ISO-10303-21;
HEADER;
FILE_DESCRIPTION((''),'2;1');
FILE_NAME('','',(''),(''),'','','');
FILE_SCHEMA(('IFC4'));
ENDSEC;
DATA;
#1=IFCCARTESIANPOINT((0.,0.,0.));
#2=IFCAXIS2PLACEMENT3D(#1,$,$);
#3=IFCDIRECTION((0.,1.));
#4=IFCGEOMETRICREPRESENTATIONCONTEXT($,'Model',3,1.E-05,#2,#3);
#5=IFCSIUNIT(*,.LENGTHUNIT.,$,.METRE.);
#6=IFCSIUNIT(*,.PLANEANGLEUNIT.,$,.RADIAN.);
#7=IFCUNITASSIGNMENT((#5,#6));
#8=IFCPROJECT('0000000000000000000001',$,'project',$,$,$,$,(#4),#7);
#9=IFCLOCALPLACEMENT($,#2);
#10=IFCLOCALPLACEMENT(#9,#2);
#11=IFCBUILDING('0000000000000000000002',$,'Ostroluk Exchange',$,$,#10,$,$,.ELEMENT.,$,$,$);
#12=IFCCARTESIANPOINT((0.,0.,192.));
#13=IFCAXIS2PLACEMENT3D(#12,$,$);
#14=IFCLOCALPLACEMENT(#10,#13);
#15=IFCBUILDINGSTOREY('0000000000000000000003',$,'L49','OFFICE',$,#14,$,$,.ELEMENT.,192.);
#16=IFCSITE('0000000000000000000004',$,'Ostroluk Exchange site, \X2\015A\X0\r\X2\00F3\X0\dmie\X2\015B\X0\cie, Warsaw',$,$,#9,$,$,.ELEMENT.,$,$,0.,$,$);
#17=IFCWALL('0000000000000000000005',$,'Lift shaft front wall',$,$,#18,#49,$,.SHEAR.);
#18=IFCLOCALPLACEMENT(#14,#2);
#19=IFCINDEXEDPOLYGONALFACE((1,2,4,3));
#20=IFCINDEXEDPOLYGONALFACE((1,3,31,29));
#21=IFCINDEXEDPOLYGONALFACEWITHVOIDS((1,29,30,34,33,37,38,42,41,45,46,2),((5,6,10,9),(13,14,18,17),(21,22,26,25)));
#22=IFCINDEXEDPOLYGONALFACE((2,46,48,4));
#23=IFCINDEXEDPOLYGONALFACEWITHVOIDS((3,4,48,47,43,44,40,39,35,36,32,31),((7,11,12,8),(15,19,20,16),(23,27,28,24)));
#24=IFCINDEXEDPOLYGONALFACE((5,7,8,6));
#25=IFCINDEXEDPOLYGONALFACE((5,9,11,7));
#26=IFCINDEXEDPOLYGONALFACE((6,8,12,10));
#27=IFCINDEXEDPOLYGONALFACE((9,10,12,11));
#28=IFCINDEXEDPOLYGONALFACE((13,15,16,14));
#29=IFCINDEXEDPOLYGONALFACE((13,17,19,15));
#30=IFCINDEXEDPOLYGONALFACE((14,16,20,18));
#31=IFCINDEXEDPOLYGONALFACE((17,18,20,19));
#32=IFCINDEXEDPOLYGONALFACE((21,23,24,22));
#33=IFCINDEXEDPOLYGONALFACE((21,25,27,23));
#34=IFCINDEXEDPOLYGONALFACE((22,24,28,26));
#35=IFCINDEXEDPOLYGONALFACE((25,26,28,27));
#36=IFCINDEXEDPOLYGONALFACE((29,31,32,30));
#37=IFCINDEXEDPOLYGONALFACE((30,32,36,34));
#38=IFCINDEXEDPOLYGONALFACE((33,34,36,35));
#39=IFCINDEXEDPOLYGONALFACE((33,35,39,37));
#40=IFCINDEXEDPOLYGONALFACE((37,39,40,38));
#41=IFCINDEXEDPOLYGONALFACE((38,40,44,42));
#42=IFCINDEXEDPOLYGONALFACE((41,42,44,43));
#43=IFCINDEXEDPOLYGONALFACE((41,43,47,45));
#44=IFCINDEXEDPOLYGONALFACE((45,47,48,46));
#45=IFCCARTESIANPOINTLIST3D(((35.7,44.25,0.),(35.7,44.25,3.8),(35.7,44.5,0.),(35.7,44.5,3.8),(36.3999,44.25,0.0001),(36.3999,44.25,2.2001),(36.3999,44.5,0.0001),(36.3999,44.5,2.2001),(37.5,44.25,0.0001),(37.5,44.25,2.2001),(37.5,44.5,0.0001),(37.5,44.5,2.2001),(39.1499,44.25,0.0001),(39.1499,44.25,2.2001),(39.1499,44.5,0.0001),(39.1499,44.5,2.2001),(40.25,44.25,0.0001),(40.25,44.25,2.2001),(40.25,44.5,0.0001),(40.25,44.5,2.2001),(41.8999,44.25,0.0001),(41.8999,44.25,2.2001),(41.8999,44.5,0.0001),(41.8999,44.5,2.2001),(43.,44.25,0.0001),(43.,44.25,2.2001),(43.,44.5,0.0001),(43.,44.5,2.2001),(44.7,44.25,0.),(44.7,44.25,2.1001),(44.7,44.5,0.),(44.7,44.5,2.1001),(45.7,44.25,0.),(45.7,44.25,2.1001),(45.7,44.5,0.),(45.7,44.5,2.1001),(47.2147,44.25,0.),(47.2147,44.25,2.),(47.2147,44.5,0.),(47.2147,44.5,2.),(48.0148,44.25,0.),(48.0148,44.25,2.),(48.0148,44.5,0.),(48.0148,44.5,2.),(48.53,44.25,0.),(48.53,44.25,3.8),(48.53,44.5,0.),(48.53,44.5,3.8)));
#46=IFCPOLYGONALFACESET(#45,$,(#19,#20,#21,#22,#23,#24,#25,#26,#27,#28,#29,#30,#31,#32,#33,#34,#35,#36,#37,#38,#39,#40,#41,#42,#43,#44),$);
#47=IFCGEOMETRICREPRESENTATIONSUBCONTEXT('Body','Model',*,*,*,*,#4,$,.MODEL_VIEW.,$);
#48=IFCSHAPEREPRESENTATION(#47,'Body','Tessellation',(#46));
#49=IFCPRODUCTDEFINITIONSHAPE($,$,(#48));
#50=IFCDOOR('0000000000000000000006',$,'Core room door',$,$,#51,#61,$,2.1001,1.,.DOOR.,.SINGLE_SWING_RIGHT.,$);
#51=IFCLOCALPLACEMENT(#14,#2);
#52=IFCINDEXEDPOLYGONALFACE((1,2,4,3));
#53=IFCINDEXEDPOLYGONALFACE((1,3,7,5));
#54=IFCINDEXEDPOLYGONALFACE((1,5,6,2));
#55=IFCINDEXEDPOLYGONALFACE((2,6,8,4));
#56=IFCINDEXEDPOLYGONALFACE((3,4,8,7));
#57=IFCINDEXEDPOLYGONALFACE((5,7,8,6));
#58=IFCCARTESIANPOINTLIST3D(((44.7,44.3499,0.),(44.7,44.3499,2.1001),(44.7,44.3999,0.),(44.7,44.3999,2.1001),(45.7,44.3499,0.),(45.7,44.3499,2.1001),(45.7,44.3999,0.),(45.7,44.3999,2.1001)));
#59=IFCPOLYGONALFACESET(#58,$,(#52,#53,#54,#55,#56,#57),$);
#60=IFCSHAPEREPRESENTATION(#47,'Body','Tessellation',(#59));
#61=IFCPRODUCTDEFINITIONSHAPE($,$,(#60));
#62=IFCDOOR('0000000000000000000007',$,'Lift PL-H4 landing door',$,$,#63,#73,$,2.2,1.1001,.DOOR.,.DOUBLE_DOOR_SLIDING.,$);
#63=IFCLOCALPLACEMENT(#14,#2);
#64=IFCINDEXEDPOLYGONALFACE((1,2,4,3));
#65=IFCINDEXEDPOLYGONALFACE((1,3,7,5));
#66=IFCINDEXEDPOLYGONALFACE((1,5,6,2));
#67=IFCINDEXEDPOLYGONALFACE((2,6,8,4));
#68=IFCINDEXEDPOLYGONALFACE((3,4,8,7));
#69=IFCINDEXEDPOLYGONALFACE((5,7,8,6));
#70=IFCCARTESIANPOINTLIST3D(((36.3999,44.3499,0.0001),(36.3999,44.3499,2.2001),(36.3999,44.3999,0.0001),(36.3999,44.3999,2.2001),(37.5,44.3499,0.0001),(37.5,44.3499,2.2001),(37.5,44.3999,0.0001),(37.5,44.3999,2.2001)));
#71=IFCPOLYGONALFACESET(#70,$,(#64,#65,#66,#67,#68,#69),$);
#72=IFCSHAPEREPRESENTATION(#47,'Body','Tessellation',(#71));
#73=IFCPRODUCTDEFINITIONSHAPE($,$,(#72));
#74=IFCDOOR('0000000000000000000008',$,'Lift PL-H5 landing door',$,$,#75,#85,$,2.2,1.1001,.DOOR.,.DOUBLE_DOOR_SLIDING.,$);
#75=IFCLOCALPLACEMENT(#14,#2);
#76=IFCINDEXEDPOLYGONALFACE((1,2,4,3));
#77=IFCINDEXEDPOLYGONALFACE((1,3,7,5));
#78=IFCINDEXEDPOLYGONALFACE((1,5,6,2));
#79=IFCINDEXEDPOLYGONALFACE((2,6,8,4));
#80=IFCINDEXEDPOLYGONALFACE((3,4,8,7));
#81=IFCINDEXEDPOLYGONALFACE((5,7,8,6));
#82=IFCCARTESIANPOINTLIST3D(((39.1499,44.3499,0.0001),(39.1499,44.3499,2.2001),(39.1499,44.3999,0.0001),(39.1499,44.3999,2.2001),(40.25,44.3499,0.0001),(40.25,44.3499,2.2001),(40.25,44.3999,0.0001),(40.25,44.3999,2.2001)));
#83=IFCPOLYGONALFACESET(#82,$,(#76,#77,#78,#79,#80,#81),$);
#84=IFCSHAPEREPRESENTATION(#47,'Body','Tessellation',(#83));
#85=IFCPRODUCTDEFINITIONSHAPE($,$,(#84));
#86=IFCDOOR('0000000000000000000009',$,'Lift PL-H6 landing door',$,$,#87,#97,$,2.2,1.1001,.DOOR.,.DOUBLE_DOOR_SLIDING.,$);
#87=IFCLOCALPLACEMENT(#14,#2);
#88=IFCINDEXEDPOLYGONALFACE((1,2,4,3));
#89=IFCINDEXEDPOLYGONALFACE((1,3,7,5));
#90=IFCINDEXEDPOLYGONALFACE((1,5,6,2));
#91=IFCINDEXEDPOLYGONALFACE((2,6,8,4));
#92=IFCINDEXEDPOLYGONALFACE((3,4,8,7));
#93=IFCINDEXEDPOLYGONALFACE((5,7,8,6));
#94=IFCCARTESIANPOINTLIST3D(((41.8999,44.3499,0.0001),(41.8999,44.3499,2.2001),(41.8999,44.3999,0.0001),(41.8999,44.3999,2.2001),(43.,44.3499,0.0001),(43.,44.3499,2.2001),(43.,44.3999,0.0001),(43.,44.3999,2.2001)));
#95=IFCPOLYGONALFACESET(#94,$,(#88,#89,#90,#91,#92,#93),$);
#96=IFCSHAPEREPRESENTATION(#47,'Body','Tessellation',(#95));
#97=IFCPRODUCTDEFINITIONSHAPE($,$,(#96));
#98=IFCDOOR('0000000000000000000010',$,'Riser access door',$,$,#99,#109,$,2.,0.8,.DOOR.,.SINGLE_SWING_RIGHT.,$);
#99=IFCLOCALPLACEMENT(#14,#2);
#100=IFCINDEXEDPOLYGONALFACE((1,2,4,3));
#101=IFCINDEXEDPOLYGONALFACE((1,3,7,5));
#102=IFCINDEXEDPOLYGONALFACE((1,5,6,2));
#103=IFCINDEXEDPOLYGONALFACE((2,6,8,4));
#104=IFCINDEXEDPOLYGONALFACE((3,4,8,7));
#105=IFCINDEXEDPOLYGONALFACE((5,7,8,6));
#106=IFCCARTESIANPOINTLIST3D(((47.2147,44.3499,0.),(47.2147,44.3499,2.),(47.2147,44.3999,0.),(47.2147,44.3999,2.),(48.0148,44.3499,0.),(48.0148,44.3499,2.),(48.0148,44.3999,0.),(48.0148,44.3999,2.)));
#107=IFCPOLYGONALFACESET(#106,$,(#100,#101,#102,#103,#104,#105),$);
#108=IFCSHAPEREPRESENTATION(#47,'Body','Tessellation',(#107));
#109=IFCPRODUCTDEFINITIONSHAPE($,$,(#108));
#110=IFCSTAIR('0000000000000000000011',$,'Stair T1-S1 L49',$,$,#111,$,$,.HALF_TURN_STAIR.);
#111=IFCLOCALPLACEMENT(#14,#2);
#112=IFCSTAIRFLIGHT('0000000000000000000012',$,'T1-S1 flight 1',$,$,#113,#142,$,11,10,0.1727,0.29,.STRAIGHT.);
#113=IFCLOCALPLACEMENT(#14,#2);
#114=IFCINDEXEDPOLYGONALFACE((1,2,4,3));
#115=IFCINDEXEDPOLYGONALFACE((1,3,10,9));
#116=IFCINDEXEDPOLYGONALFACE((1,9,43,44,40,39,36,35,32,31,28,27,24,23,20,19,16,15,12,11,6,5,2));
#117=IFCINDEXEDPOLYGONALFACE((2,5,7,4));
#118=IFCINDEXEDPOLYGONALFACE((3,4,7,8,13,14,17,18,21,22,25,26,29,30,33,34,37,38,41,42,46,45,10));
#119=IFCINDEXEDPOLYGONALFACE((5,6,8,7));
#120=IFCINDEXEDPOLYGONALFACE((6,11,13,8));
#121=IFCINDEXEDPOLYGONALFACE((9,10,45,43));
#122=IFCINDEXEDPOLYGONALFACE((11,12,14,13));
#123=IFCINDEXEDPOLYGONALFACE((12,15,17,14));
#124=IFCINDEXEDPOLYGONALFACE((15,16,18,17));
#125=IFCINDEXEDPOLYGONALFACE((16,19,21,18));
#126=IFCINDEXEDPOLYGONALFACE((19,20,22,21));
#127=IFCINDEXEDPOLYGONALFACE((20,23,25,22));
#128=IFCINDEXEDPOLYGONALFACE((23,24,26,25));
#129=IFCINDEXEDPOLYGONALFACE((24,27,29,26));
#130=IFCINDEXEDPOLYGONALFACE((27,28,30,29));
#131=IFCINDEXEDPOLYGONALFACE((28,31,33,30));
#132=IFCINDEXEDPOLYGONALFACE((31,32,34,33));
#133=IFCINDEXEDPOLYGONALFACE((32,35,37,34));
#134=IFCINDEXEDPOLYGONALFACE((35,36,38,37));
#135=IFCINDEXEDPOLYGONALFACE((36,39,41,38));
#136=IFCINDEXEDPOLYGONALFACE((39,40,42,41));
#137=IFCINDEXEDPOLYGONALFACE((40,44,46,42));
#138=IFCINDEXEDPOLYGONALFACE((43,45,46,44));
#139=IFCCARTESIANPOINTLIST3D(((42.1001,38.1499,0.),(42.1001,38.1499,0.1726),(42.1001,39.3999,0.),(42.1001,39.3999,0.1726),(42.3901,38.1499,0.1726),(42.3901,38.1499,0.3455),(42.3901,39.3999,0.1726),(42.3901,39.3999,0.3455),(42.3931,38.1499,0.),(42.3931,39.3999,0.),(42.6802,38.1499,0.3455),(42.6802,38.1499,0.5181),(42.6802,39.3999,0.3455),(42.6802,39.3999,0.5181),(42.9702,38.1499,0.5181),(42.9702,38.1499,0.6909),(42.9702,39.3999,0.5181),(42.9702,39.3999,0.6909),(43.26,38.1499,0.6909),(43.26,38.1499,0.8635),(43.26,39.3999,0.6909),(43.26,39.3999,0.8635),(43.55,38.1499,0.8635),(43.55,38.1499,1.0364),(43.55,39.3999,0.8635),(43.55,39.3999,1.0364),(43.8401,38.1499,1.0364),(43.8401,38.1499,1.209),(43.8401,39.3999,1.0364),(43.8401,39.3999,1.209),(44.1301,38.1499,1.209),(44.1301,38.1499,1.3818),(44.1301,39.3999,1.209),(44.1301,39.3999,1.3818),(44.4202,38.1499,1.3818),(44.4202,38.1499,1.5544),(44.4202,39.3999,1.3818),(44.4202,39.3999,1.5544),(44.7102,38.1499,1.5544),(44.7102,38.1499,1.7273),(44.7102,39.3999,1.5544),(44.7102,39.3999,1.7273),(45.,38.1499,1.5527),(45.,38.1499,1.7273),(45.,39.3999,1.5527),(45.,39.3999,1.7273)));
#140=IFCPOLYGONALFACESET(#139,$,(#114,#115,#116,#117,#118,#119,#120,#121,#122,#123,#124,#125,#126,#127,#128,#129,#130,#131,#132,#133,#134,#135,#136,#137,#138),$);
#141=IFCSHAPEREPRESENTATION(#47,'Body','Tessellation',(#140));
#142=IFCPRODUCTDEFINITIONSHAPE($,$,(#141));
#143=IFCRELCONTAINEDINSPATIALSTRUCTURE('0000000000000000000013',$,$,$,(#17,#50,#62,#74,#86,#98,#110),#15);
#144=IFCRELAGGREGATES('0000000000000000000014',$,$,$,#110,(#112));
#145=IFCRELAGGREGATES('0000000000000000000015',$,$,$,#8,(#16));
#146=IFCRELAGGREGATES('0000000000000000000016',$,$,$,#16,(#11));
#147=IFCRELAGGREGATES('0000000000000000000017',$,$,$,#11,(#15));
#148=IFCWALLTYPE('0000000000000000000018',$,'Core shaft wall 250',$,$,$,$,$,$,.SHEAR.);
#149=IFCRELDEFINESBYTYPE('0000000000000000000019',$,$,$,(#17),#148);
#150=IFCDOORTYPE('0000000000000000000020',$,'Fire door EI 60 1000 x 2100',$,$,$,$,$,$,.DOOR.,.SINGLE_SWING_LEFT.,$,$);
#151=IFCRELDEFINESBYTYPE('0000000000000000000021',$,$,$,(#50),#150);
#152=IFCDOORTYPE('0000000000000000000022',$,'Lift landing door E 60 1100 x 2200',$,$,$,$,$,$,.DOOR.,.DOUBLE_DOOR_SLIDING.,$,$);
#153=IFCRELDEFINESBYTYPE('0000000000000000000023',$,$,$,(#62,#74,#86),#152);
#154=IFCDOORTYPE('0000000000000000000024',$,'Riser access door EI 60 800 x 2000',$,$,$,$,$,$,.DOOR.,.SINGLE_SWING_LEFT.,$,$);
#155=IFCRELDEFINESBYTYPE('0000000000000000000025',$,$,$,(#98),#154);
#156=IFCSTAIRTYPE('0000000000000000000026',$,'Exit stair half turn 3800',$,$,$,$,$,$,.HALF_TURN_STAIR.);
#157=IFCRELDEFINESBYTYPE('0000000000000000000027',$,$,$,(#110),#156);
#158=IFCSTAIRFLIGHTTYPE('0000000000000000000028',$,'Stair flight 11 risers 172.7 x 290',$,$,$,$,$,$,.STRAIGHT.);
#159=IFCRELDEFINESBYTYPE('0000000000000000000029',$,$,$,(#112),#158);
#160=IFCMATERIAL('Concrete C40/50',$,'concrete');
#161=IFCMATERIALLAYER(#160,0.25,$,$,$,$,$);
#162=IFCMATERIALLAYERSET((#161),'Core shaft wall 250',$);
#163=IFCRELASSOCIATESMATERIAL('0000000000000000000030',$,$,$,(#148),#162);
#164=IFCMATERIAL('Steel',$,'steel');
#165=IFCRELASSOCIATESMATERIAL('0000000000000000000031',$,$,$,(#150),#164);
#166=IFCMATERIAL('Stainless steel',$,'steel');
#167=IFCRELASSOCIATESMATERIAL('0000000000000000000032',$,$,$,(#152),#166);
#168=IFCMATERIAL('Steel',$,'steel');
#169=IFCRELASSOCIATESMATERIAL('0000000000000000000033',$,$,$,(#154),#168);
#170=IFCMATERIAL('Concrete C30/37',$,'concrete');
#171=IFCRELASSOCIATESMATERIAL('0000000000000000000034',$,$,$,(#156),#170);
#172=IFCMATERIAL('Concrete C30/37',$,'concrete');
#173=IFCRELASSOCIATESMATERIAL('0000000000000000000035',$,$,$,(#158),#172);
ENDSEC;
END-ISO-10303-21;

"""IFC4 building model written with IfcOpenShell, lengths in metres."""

from ifc_helpers import new_model, si_unit, direction, frame, frame_2d, origin, place, context, subcontext, project, spatial, polyline, rectangle, outline, extrude, material, layer, layer_set, type_object, element, fill, aggregate, save


model = new_model("IFC4")

# Units and contexts
model_context = context("Model", 3, precision=1e-05, world=origin(), true_north=direction((0.0, 1.0)))
body_context = subcontext(model_context, "Body", "Model", "MODEL_VIEW")
ifc_project = project(units=[si_unit("LENGTHUNIT", "METRE"), si_unit("PLANEANGLEUNIT", "RADIAN")], contexts=[model_context])

# Site, building, storey
site_placement = place(None, origin())
site = spatial("IfcSite", under=ifc_project, at=site_placement, Name="Ostroluk Exchange site, Śródmieście, Warsaw", CompositionType="ELEMENT", RefElevation=0.0)
building_placement = place(site_placement, origin())
building = spatial("IfcBuilding", under=site, at=building_placement, Name="Ostroluk Exchange", CompositionType="ELEMENT")
storey_placement = place(building_placement, frame((0.0, 0.0, 192.0)))
storey = spatial("IfcBuildingStorey", under=building, at=storey_placement, Name="L49", Description="OFFICE", CompositionType="ELEMENT", Elevation=192.0)

# Shared definitions
ifc_material_1 = material(Name="Concrete C40/50", Category="concrete")
ifc_layer_1 = layer(ifc_material_1, 0.25)
ifc_layer_set_1 = layer_set([ifc_layer_1], Name="Core shaft wall 250")
wall_type_1 = type_object("IfcWallType", Name="Core shaft wall 250", PredefinedType="SHEAR", material=ifc_layer_set_1)

# Wall, openings, doors
wall_1_placement = place(storey_placement, frame((35.7, 44.375, 0.0), z_axis=(0.0, 0.0, 1.0), x_axis=(1.0, 0.0, 0.0)))
wall_1 = element("IfcWall", 1, at=wall_1_placement, inside=storey, type_object=wall_type_1, Name="Lift shaft front wall", PredefinedType="SHEAR", context=body_context, shape_type="SweptSolid", body=[
    extrude(rectangle(XDim=12.8301, YDim=0.25, at=frame_2d((6.415, 0.0))), origin(), (0.0, 0.0, 1.0), 3.8),
])
opening_1_placement = place(wall_1_placement, frame((0.7, 0.0, 0.0)))
opening_1 = element("IfcOpeningElement", 2, at=opening_1_placement, cuts=wall_1, PredefinedType="OPENING", context=body_context, shape_type="SweptSolid", body=[
    extrude(rectangle(XDim=1.1001, YDim=2.2, at=frame_2d((0.55, 1.1001))), frame((0.0, 0.135, 0.0), z_axis=(0.0, -1.0, 0.0), x_axis=(1.0, 0.0, 0.0)), (0.0, 0.0, 1.0), 0.27),
])
opening_2_placement = place(wall_1_placement, frame((3.45, 0.0, 0.0)))
opening_2 = element("IfcOpeningElement", 3, at=opening_2_placement, cuts=wall_1, PredefinedType="OPENING", context=body_context, shape_type="SweptSolid", body=[
    extrude(rectangle(XDim=1.1001, YDim=2.2, at=frame_2d((0.55, 1.1001))), frame((0.0, 0.135, 0.0), z_axis=(0.0, -1.0, 0.0), x_axis=(1.0, 0.0, 0.0)), (0.0, 0.0, 1.0), 0.27),
])
opening_3_placement = place(wall_1_placement, frame((6.2, 0.0, 0.0)))
opening_3 = element("IfcOpeningElement", 4, at=opening_3_placement, cuts=wall_1, PredefinedType="OPENING", context=body_context, shape_type="SweptSolid", body=[
    extrude(rectangle(XDim=1.1001, YDim=2.2, at=frame_2d((0.55, 1.1001))), frame((0.0, 0.135, 0.0), z_axis=(0.0, -1.0, 0.0), x_axis=(1.0, 0.0, 0.0)), (0.0, 0.0, 1.0), 0.27),
])
opening_4_placement = place(wall_1_placement, frame((9.0, 0.0, 0.0)))
opening_4 = element("IfcOpeningElement", 5, at=opening_4_placement, cuts=wall_1, PredefinedType="OPENING", context=body_context, shape_type="SweptSolid", body=[
    extrude(rectangle(XDim=1.0, YDim=2.1001, at=frame_2d((0.5, 1.05))), frame((0.0, 0.135, 0.0), z_axis=(0.0, -1.0, 0.0), x_axis=(1.0, 0.0, 0.0)), (0.0, 0.0, 1.0), 0.27),
])
opening_5_placement = place(wall_1_placement, frame((11.5149, 0.0, 0.0)))
opening_5 = element("IfcOpeningElement", 6, at=opening_5_placement, cuts=wall_1, PredefinedType="OPENING", context=body_context, shape_type="SweptSolid", body=[
    extrude(rectangle(XDim=0.8, YDim=2.0, at=frame_2d((0.3999, 1.0))), frame((0.0, 0.135, 0.0), z_axis=(0.0, -1.0, 0.0), x_axis=(1.0, 0.0, 0.0)), (0.0, 0.0, 1.0), 0.27),
])
ifc_material_2 = material(Name="Steel", Category="steel")
door_type_1 = type_object("IfcDoorType", Name="Fire door EI 60 1000 x 2100", OperationType="SINGLE_SWING_LEFT", PredefinedType="DOOR", material=ifc_material_2)
door_1_placement = place(opening_4_placement, origin())
door_1 = element("IfcDoor", 7, at=door_1_placement, inside=storey, type_object=door_type_1, Name="Core room door", OperationType="SINGLE_SWING_RIGHT", OverallHeight=2.1001, OverallWidth=1.0, PredefinedType="DOOR", context=body_context, shape_type="SweptSolid", body=[
    extrude(rectangle(XDim=1.0, YDim=2.1001, at=frame_2d((0.5, 1.05))), frame((0.0, 0.0249, 0.0), z_axis=(0.0, -1.0, 0.0), x_axis=(1.0, 0.0, 0.0)), (0.0, 0.0, 1.0), 0.05),
])
fill(opening_4, door_1)
ifc_material_3 = material(Name="Stainless steel", Category="steel")
door_type_2 = type_object("IfcDoorType", Name="Lift landing door E 60 1100 x 2200", OperationType="DOUBLE_DOOR_SLIDING", PredefinedType="DOOR", material=ifc_material_3)
door_2_placement = place(opening_1_placement, origin())
door_2 = element("IfcDoor", 8, at=door_2_placement, inside=storey, type_object=door_type_2, Name="Lift PL-H4 landing door", OperationType="DOUBLE_DOOR_SLIDING", OverallHeight=2.2, OverallWidth=1.1001, PredefinedType="DOOR", context=body_context, shape_type="SweptSolid", body=[
    extrude(rectangle(XDim=1.1001, YDim=2.2, at=frame_2d((0.55, 1.1001))), frame((0.0, 0.0249, 0.0), z_axis=(0.0, -1.0, 0.0), x_axis=(1.0, 0.0, 0.0)), (0.0, 0.0, 1.0), 0.05),
])
fill(opening_1, door_2)
door_3_placement = place(opening_2_placement, origin())
door_3 = element("IfcDoor", 9, at=door_3_placement, inside=storey, type_object=door_type_2, Name="Lift PL-H5 landing door", OperationType="DOUBLE_DOOR_SLIDING", OverallHeight=2.2, OverallWidth=1.1001, PredefinedType="DOOR", context=body_context, shape_type="SweptSolid", body=[
    extrude(rectangle(XDim=1.1001, YDim=2.2, at=frame_2d((0.55, 1.1001))), frame((0.0, 0.0249, 0.0), z_axis=(0.0, -1.0, 0.0), x_axis=(1.0, 0.0, 0.0)), (0.0, 0.0, 1.0), 0.05),
])
fill(opening_2, door_3)
door_4_placement = place(opening_3_placement, origin())
door_4 = element("IfcDoor", 10, at=door_4_placement, inside=storey, type_object=door_type_2, Name="Lift PL-H6 landing door", OperationType="DOUBLE_DOOR_SLIDING", OverallHeight=2.2, OverallWidth=1.1001, PredefinedType="DOOR", context=body_context, shape_type="SweptSolid", body=[
    extrude(rectangle(XDim=1.1001, YDim=2.2, at=frame_2d((0.55, 1.1001))), frame((0.0, 0.0249, 0.0), z_axis=(0.0, -1.0, 0.0), x_axis=(1.0, 0.0, 0.0)), (0.0, 0.0, 1.0), 0.05),
])
fill(opening_3, door_4)
ifc_material_4 = material(Name="Steel", Category="steel")
door_type_3 = type_object("IfcDoorType", Name="Riser access door EI 60 800 x 2000", OperationType="SINGLE_SWING_LEFT", PredefinedType="DOOR", material=ifc_material_4)
door_5_placement = place(opening_5_placement, origin())
door_5 = element("IfcDoor", 11, at=door_5_placement, inside=storey, type_object=door_type_3, Name="Riser access door", OperationType="SINGLE_SWING_RIGHT", OverallHeight=2.0, OverallWidth=0.8, PredefinedType="DOOR", context=body_context, shape_type="SweptSolid", body=[
    extrude(rectangle(XDim=0.8, YDim=2.0, at=frame_2d((0.3999, 1.0))), frame((0.0, 0.0249, 0.0), z_axis=(0.0, -1.0, 0.0), x_axis=(1.0, 0.0, 0.0)), (0.0, 0.0, 1.0), 0.05),
])
fill(opening_5, door_5)

# Stair, stair flight
ifc_material_5 = material(Name="Concrete C30/37", Category="concrete")
stair_type = type_object("IfcStairType", Name="Exit stair half turn 3800", PredefinedType="HALF_TURN_STAIR", material=ifc_material_5)
stair_placement = place(storey_placement, origin())
stair = element("IfcStair", 12, at=stair_placement, inside=storey, type_object=stair_type, Name="Stair T1-S1 L49", PredefinedType="HALF_TURN_STAIR")
ifc_material_6 = material(Name="Concrete C30/37", Category="concrete")
stair_flight_type = type_object("IfcStairFlightType", Name="Stair flight 11 risers 172.7 x 290", PredefinedType="STRAIGHT", material=ifc_material_6)
stair_flight_placement = place(storey_placement, frame((42.1001, 38.7749, 0.0), z_axis=(0.0, 0.0, 1.0), x_axis=(1.0, 0.0, 0.0)))
stair_flight = element("IfcStairFlight", 13, at=stair_flight_placement, type_object=stair_flight_type, Name="T1-S1 flight 1", NumberOfRisers=11, NumberOfTreads=10, PredefinedType="STRAIGHT", RiserHeight=0.1727, TreadLength=0.29, context=body_context, shape_type="SweptSolid", body=[
    extrude(outline(polyline([(0.0, 0.0), (0.0, 0.1726), (0.29, 0.1726), (0.29, 0.3455), (0.5801, 0.3455), (0.5801, 0.5181), (0.8701, 0.5181), (0.8701, 0.6909), (1.1599, 0.6909), (1.1599, 0.8635), (1.45, 0.8635), (1.45, 1.0364), (1.74, 1.0364), (1.74, 1.209), (2.03, 1.209), (2.03, 1.3818), (2.3201, 1.3818), (2.3201, 1.5544), (2.6101, 1.5544), (2.6101, 1.7273), (2.8999, 1.7273), (2.8999, 1.8999), (2.8999, 1.5527), (0.293, 0.0), (0.0, 0.0)])), frame((0.0, 0.625, 0.0), z_axis=(0.0, -1.0, 0.0), x_axis=(1.0, 0.0, 0.0)), (0.0, 0.0, 1.0), 1.25),
])
aggregate(stair, [stair_flight])

save(model, "model.ifc")
